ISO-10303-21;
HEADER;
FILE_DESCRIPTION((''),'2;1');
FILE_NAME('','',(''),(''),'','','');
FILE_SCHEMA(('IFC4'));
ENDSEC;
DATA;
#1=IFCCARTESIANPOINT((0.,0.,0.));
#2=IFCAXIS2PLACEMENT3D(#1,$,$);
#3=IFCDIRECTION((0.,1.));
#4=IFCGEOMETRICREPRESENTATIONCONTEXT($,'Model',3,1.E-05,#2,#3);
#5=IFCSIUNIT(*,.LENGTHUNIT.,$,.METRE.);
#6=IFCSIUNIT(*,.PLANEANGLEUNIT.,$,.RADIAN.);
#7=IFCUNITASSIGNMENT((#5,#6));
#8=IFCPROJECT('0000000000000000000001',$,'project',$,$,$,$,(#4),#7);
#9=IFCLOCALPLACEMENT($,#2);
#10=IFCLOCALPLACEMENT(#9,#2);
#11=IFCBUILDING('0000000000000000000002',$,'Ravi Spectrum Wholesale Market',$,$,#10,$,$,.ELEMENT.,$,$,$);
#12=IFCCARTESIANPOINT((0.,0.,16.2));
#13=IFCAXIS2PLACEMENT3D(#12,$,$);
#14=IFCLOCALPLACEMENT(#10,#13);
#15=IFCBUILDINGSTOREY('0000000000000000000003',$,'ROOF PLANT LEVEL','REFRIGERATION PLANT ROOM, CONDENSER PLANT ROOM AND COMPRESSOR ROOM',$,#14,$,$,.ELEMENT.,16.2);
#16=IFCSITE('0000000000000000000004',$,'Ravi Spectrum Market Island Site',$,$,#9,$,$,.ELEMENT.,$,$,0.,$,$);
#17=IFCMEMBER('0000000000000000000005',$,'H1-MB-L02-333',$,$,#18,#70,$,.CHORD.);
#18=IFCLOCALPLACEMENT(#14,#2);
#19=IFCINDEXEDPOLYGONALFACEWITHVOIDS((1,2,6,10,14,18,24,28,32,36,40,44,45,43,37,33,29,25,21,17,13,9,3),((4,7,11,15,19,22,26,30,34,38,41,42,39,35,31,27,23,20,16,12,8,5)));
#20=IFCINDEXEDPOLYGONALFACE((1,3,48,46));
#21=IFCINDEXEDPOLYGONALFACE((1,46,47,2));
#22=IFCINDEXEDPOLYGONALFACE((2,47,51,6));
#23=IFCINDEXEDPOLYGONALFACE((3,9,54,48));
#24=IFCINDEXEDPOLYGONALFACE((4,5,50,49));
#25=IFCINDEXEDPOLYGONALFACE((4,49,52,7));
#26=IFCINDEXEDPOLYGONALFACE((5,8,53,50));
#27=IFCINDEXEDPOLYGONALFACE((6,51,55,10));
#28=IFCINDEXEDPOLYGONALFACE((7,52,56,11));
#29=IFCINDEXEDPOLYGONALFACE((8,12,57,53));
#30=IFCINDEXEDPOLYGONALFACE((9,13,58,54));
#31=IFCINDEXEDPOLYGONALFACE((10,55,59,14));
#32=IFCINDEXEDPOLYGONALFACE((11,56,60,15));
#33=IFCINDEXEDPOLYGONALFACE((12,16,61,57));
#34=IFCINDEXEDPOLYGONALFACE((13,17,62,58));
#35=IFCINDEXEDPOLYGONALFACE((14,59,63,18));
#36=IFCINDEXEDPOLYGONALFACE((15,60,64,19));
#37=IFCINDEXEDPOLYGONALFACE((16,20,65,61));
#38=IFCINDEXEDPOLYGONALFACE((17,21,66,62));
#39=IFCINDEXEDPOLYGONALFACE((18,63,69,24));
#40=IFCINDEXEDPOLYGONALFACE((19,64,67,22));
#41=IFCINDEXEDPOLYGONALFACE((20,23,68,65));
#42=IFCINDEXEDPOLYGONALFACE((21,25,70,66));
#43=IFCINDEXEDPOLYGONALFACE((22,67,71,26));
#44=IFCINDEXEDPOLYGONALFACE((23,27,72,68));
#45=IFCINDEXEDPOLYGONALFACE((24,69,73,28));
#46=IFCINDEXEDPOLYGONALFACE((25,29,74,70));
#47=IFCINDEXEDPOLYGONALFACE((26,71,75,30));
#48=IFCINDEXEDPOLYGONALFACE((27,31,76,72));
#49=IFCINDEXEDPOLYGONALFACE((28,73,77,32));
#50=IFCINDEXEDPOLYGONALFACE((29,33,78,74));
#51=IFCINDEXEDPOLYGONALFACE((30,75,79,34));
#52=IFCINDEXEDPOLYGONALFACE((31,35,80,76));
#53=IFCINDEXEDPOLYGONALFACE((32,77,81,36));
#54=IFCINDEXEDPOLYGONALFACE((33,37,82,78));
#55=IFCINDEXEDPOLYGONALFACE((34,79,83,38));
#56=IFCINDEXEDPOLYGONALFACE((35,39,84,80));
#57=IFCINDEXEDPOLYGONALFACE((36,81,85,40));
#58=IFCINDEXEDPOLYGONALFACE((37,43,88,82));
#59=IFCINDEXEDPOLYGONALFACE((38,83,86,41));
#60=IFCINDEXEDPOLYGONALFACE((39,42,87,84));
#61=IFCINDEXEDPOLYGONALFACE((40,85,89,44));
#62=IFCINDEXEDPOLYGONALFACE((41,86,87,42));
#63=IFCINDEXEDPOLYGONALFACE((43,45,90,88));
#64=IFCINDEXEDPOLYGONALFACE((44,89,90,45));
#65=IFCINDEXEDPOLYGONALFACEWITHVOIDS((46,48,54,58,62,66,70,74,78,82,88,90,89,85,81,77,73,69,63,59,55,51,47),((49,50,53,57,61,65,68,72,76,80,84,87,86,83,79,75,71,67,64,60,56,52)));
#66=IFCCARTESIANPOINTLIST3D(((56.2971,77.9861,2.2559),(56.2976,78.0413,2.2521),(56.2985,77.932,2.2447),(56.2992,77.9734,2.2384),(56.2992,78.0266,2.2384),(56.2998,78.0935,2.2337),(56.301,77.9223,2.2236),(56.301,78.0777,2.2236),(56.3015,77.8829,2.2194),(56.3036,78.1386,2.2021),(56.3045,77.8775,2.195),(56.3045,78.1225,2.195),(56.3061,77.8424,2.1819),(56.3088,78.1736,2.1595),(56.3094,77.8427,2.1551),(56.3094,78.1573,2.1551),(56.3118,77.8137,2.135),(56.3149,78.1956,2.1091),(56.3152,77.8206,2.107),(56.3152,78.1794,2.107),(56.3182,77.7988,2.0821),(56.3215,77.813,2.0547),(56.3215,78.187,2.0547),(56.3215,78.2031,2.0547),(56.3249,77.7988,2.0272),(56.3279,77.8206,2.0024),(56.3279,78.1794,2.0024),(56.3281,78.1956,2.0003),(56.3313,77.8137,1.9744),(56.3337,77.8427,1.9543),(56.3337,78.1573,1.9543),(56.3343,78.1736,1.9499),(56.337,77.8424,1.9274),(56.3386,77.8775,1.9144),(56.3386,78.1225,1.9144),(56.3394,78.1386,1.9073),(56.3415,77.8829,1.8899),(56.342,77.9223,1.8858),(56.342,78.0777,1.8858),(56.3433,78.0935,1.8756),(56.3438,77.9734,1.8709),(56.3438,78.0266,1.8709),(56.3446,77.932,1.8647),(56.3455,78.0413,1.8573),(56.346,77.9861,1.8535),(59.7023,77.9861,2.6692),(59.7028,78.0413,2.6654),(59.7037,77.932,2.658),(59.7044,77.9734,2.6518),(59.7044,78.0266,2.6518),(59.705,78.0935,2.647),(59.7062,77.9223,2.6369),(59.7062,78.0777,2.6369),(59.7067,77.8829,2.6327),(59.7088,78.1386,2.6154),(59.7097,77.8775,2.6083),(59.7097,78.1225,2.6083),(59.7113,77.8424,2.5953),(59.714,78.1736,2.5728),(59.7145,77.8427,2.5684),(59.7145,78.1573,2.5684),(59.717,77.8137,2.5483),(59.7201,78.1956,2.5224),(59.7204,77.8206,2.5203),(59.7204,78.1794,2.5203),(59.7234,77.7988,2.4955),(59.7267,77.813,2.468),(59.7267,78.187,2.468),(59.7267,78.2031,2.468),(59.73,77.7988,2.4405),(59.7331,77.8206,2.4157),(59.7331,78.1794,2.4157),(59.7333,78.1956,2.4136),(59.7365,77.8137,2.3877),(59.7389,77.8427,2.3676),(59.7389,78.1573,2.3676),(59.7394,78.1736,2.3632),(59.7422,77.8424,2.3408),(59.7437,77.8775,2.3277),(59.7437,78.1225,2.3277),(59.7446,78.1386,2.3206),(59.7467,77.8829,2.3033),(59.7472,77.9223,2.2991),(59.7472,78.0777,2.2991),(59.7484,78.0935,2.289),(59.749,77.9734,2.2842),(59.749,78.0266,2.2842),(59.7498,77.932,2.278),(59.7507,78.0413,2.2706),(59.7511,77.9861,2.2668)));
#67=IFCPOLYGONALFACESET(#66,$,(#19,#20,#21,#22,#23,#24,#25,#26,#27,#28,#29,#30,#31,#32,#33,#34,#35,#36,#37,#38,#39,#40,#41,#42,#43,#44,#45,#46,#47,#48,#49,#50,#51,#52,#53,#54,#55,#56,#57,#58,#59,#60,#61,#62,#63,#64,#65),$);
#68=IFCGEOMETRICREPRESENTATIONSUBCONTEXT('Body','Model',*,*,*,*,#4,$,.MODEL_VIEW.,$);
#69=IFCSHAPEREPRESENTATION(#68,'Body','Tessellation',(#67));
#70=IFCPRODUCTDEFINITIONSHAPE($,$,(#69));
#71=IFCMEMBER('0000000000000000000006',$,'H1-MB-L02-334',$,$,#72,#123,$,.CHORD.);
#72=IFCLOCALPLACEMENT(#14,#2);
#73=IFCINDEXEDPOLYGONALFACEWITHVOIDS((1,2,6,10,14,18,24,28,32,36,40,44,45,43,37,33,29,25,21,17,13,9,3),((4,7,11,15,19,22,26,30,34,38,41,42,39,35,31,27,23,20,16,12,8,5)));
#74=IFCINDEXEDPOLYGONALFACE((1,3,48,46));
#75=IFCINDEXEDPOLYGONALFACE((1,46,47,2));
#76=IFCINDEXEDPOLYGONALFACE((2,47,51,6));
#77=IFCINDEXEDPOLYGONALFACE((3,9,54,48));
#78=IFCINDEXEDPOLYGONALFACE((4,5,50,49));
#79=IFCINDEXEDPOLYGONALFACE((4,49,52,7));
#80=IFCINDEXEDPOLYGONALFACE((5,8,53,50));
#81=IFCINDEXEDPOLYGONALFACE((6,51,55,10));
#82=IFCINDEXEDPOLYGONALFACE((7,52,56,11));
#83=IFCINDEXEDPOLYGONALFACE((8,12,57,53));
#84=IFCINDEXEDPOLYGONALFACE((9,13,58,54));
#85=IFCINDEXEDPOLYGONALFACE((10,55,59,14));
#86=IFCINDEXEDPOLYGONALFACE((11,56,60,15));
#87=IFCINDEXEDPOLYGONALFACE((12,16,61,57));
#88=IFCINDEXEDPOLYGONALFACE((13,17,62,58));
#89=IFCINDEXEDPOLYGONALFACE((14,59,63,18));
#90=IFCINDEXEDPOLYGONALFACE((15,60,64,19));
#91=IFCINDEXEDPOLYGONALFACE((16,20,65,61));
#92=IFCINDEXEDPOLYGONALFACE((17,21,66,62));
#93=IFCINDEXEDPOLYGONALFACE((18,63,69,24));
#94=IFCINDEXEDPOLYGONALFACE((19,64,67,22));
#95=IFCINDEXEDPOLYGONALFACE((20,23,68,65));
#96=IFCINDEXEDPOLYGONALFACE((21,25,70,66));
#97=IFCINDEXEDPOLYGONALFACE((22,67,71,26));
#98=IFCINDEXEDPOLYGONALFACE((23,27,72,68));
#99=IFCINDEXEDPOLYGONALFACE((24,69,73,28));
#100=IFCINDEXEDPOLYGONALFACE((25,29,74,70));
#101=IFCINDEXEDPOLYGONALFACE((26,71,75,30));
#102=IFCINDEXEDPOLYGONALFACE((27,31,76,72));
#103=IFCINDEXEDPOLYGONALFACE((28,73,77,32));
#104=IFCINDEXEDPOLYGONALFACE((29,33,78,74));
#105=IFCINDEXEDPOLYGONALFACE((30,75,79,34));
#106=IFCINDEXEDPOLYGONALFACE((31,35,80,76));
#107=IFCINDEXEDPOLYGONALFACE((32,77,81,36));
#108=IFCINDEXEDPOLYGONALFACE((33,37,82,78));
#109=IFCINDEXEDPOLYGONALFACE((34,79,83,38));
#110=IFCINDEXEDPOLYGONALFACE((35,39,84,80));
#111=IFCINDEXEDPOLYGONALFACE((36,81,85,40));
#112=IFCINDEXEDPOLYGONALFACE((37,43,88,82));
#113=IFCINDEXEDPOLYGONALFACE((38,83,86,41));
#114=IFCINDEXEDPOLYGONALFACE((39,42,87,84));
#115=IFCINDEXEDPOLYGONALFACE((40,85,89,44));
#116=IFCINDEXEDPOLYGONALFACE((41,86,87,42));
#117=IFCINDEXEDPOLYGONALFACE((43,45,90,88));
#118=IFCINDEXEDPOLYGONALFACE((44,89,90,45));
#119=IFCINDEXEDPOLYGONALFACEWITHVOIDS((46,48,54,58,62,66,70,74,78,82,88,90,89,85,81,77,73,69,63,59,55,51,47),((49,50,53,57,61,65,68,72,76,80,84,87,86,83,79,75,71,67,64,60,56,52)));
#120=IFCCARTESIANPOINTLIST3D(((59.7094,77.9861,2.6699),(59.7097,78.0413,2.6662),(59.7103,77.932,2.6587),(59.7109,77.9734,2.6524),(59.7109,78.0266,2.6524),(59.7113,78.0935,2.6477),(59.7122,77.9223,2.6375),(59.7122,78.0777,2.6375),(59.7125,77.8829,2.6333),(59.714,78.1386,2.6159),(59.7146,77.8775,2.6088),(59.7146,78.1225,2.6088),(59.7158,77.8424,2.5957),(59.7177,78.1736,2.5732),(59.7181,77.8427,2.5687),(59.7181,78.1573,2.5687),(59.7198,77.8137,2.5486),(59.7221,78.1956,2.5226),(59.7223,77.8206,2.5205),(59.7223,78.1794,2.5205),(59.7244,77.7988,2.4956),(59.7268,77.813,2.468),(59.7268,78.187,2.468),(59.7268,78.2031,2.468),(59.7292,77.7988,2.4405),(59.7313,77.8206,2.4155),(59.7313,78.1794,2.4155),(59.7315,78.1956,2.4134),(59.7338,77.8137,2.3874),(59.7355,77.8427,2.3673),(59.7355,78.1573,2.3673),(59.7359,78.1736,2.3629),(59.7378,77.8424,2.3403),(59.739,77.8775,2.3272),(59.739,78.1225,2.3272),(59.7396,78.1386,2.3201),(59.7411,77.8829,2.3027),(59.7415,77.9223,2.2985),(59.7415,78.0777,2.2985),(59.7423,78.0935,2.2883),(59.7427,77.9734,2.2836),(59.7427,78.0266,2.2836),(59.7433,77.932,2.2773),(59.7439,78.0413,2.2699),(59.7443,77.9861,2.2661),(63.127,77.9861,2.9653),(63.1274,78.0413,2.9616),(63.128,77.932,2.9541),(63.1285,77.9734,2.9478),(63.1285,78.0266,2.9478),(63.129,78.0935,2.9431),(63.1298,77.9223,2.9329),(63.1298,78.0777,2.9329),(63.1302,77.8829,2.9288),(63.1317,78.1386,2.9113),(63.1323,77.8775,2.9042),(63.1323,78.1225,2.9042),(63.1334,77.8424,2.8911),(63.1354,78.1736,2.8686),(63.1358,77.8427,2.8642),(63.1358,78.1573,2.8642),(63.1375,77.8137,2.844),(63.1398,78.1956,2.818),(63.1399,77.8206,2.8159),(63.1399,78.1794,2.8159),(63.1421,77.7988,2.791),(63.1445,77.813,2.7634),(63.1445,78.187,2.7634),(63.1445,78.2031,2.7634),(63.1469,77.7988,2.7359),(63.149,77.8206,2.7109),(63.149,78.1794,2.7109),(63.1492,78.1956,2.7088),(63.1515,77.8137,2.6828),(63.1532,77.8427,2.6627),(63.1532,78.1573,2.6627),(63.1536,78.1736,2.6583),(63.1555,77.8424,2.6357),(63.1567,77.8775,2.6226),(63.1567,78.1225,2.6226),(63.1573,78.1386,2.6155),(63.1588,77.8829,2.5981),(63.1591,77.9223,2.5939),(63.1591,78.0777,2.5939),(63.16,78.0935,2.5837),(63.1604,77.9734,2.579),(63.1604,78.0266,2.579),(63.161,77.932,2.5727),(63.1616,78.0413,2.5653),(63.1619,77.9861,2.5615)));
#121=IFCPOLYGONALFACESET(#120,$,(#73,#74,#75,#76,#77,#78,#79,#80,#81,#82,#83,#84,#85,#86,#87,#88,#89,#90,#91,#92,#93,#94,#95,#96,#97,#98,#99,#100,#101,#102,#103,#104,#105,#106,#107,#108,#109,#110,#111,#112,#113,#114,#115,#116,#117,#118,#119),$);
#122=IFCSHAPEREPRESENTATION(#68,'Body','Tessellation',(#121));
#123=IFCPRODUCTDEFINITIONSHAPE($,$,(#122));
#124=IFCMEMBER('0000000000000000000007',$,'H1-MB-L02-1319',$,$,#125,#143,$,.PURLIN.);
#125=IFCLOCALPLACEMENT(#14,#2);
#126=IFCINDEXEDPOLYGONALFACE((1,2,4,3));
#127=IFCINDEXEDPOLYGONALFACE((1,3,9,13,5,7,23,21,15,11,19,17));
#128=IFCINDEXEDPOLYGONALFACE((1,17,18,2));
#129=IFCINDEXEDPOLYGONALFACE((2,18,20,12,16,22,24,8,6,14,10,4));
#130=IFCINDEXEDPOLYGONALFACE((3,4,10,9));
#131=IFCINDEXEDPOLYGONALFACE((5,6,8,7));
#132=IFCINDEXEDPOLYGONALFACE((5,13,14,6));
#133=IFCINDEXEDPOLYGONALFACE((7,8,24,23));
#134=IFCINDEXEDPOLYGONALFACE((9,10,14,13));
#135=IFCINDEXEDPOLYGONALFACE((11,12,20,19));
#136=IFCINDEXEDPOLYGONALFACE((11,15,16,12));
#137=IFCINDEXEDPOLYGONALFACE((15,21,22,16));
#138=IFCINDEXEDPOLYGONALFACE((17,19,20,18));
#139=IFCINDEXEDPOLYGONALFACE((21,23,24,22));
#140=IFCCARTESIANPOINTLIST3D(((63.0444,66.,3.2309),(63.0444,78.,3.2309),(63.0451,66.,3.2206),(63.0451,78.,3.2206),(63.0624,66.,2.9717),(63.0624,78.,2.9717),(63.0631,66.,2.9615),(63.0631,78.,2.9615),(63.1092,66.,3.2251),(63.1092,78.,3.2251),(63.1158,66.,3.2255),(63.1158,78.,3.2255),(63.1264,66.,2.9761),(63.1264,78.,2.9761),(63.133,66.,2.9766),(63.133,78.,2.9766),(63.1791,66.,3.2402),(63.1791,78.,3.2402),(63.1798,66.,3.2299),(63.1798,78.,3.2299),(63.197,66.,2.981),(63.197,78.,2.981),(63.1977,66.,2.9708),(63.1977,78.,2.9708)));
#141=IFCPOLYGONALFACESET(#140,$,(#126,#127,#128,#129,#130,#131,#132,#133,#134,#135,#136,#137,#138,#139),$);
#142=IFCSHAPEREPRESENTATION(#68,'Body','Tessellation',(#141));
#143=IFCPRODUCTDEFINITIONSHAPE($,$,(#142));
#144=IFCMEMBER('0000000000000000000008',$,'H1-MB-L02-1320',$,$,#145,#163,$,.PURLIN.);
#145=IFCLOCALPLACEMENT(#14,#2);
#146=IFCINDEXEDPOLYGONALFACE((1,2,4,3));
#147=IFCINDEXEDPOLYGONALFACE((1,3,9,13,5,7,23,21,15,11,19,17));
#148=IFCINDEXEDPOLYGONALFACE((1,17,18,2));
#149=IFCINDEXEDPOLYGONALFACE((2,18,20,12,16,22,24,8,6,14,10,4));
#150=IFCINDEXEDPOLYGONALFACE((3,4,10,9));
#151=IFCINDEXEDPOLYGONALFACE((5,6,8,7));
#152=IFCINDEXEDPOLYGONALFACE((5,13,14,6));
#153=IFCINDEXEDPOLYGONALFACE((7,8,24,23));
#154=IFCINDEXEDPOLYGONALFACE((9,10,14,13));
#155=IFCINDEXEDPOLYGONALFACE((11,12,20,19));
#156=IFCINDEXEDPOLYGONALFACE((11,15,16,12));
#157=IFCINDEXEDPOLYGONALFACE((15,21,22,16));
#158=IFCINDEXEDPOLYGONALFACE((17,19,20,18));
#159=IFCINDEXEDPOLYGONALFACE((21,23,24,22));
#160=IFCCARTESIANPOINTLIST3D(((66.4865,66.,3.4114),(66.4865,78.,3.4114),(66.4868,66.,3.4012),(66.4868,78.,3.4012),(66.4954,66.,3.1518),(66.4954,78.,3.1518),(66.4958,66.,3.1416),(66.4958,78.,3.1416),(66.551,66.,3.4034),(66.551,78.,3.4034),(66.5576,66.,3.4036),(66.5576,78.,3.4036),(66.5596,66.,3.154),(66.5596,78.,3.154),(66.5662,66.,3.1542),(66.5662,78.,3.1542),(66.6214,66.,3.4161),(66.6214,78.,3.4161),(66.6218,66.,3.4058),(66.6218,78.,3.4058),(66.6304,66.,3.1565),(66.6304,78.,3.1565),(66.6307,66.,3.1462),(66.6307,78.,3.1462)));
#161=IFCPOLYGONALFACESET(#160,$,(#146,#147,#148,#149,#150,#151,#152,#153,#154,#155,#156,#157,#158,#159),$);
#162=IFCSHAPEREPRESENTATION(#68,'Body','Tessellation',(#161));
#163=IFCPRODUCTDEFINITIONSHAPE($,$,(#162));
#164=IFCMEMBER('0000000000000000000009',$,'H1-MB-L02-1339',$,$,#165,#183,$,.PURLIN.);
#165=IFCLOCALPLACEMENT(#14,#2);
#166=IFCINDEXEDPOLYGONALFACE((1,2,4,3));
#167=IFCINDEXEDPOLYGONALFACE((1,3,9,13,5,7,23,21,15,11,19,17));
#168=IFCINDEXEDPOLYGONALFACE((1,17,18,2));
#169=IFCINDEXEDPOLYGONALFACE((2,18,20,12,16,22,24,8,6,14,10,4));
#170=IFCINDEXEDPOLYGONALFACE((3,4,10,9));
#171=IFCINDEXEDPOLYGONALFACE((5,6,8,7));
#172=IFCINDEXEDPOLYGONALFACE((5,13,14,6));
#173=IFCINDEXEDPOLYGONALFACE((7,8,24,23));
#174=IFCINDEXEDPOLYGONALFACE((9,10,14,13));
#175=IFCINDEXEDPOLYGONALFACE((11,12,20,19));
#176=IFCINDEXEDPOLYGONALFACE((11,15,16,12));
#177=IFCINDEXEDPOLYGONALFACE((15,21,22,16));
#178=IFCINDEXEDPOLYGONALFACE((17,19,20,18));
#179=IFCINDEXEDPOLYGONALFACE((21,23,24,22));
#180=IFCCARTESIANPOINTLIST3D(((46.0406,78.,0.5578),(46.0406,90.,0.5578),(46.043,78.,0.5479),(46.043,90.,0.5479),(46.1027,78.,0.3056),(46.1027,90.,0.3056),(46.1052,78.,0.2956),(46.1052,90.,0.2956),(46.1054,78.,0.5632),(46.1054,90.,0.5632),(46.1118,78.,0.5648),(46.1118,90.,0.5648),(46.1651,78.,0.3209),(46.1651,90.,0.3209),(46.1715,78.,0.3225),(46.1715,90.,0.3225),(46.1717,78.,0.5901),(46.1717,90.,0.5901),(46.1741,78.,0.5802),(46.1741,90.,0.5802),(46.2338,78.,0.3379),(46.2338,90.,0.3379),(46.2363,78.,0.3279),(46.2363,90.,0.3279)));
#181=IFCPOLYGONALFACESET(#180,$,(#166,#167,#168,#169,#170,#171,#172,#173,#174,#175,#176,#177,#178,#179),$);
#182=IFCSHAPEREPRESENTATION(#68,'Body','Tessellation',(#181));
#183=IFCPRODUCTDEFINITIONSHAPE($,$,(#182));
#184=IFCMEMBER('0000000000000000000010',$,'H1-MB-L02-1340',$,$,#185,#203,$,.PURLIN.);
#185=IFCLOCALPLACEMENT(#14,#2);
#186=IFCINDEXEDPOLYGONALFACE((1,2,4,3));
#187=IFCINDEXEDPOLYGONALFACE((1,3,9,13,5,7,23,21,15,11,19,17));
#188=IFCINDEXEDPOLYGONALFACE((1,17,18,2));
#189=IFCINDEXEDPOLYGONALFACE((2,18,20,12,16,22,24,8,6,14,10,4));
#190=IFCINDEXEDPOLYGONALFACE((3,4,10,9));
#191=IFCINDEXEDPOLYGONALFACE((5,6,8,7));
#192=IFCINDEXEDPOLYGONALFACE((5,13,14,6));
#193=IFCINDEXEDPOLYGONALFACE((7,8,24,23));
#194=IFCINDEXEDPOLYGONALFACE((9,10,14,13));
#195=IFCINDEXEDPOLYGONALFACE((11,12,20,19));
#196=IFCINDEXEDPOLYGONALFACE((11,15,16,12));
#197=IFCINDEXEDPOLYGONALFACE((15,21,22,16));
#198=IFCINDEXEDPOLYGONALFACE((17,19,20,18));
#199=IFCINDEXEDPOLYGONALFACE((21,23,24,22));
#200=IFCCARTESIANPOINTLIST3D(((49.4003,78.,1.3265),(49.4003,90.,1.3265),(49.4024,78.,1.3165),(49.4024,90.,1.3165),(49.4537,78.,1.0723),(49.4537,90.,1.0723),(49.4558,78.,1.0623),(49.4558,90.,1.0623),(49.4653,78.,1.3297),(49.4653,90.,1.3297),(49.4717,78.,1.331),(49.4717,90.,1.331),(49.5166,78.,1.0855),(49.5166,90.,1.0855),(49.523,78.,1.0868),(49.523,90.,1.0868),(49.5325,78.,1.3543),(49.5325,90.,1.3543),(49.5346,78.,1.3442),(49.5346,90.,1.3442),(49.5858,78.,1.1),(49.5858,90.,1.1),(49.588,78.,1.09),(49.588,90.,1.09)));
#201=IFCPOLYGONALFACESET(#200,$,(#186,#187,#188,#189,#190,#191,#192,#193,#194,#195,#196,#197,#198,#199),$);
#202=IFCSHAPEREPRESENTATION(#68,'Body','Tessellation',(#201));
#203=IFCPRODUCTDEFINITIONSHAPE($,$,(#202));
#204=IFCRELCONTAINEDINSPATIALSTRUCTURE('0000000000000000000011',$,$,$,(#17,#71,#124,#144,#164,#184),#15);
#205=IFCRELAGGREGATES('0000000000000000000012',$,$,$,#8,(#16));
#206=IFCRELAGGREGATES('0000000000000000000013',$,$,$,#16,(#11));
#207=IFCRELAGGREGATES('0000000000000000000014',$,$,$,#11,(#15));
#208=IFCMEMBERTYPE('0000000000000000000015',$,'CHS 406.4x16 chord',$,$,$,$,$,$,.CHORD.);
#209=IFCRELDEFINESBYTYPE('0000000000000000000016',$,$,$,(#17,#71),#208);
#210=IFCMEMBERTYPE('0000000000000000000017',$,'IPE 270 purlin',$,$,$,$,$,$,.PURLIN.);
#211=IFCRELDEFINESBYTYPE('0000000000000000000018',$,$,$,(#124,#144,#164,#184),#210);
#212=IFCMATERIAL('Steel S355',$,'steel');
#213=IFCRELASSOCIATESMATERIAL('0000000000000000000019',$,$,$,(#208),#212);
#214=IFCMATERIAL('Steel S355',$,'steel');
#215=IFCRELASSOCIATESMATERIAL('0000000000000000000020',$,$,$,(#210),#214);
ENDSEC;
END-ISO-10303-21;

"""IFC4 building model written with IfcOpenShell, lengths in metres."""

from ifc_helpers import new_model, si_unit, direction, frame, origin, origin_2d, place, context, subcontext, project, spatial, hollow_circle, i_section, extrude, material, material_profile, profile_set, type_object, element, save


model = new_model("IFC4")

# Units and contexts
model_context = context("Model", 3, precision=1e-05, world=origin(), true_north=direction((0.0, 1.0)))
body_context = subcontext(model_context, "Body", "Model", "MODEL_VIEW")
ifc_project = project(units=[si_unit("LENGTHUNIT", "METRE"), si_unit("PLANEANGLEUNIT", "RADIAN")], contexts=[model_context])

# Site, building, storey
site_placement = place(None, origin())
site = spatial("IfcSite", under=ifc_project, at=site_placement, Name="Ravi Spectrum Market Island Site", CompositionType="ELEMENT", RefElevation=0.0)
building_placement = place(site_placement, origin())
building = spatial("IfcBuilding", under=site, at=building_placement, Name="Ravi Spectrum Wholesale Market", CompositionType="ELEMENT")
storey_placement = place(building_placement, frame((0.0, 0.0, 16.2)))
storey = spatial("IfcBuildingStorey", under=building, at=storey_placement, Name="ROOF PLANT LEVEL", Description="REFRIGERATION PLANT ROOM, CONDENSER PLANT ROOM AND COMPRESSOR ROOM", CompositionType="ELEMENT", Elevation=16.2)

# Members
ifc_material_1 = material(Name="Steel S355", Category="steel")
ifc_material_profile_1 = material_profile(ifc_material_1, hollow_circle(Radius=0.2031, WallThickness=0.0161, at=origin_2d()))
ifc_profile_set_1 = profile_set([ifc_material_profile_1], Name="Steel S355")
member_type_1 = type_object("IfcMemberType", Name="CHS 406.4x16 chord", PredefinedType="CHORD", material=ifc_profile_set_1)
for number, where, z_axis, x_axis, name in (
    (1, (56.3215, 78.0, 2.0547), (0.992714, 0.0, 0.120495), (0.0, 1.0, 0.0), "H1-MB-L02-333"),
):
    element("IfcMember", number, at=place(storey_placement, frame(where, z_axis=z_axis, x_axis=x_axis)), inside=storey, type_object=member_type_1, Name=name, PredefinedType="CHORD", context=body_context, shape_type="SweptSolid", body=[
        extrude(hollow_circle(Radius=0.2031, WallThickness=0.0161, at=origin_2d()), origin(), (0.0, 0.0, 1.0), 3.4302),
    ])
member_1_placement = place(storey_placement, frame((59.7268, 78.0, 2.468), z_axis=(0.996285, 0.0, 0.086114), x_axis=(0.0, 1.0, 0.0)))
element("IfcMember", 2, at=member_1_placement, inside=storey, type_object=member_type_1, Name="H1-MB-L02-334", PredefinedType="CHORD", context=body_context, shape_type="SweptSolid", body=[
    extrude(hollow_circle(Radius=0.2031, WallThickness=0.0161, at=origin_2d()), origin(), (0.0, 0.0, 1.0), 3.4304),
])
ifc_material_2 = material(Name="Steel S355", Category="steel")
ifc_material_profile_2 = material_profile(ifc_material_2, i_section(OverallWidth=0.135, OverallDepth=0.27, WebThickness=0.0066, FlangeThickness=0.0103, at=origin_2d()))
ifc_profile_set_2 = profile_set([ifc_material_profile_2], Name="Steel S355")
member_type_2 = type_object("IfcMemberType", Name="IPE 270 purlin", PredefinedType="PURLIN", material=ifc_profile_set_2)
for number, where, z_axis, x_axis, name in (
    (3, (63.1211, 66.0, 3.1008), (0.0, 1.0, 0.0), (-0.997621, 0.0, -0.068943), "H1-MB-L02-1319"),
    (4, (66.5586, 66.0, 3.2788), (0.0, 1.0, 0.0), (-0.999405, 0.0, -0.034492), "H1-MB-L02-1320"),
    (5, (46.1384, 78.0, 0.4429), (0.0, 1.0, 0.0), (-0.970983, 0.0, -0.239151), "H1-MB-L02-1339"),
    (6, (49.4941, 78.0, 1.2083), (0.0, 1.0, 0.0), (-0.978653, 0.0, -0.205517), "H1-MB-L02-1340"),
):
    element("IfcMember", number, at=place(storey_placement, frame(where, z_axis=z_axis, x_axis=x_axis)), inside=storey, type_object=member_type_2, Name=name, PredefinedType="PURLIN", context=body_context, shape_type="SweptSolid", body=[
        extrude(i_section(OverallWidth=0.135, OverallDepth=0.27, WebThickness=0.0066, FlangeThickness=0.0103, at=origin_2d()), origin(), (0.0, 0.0, 1.0), 12.0),
    ])

save(model, "model.ifc")
